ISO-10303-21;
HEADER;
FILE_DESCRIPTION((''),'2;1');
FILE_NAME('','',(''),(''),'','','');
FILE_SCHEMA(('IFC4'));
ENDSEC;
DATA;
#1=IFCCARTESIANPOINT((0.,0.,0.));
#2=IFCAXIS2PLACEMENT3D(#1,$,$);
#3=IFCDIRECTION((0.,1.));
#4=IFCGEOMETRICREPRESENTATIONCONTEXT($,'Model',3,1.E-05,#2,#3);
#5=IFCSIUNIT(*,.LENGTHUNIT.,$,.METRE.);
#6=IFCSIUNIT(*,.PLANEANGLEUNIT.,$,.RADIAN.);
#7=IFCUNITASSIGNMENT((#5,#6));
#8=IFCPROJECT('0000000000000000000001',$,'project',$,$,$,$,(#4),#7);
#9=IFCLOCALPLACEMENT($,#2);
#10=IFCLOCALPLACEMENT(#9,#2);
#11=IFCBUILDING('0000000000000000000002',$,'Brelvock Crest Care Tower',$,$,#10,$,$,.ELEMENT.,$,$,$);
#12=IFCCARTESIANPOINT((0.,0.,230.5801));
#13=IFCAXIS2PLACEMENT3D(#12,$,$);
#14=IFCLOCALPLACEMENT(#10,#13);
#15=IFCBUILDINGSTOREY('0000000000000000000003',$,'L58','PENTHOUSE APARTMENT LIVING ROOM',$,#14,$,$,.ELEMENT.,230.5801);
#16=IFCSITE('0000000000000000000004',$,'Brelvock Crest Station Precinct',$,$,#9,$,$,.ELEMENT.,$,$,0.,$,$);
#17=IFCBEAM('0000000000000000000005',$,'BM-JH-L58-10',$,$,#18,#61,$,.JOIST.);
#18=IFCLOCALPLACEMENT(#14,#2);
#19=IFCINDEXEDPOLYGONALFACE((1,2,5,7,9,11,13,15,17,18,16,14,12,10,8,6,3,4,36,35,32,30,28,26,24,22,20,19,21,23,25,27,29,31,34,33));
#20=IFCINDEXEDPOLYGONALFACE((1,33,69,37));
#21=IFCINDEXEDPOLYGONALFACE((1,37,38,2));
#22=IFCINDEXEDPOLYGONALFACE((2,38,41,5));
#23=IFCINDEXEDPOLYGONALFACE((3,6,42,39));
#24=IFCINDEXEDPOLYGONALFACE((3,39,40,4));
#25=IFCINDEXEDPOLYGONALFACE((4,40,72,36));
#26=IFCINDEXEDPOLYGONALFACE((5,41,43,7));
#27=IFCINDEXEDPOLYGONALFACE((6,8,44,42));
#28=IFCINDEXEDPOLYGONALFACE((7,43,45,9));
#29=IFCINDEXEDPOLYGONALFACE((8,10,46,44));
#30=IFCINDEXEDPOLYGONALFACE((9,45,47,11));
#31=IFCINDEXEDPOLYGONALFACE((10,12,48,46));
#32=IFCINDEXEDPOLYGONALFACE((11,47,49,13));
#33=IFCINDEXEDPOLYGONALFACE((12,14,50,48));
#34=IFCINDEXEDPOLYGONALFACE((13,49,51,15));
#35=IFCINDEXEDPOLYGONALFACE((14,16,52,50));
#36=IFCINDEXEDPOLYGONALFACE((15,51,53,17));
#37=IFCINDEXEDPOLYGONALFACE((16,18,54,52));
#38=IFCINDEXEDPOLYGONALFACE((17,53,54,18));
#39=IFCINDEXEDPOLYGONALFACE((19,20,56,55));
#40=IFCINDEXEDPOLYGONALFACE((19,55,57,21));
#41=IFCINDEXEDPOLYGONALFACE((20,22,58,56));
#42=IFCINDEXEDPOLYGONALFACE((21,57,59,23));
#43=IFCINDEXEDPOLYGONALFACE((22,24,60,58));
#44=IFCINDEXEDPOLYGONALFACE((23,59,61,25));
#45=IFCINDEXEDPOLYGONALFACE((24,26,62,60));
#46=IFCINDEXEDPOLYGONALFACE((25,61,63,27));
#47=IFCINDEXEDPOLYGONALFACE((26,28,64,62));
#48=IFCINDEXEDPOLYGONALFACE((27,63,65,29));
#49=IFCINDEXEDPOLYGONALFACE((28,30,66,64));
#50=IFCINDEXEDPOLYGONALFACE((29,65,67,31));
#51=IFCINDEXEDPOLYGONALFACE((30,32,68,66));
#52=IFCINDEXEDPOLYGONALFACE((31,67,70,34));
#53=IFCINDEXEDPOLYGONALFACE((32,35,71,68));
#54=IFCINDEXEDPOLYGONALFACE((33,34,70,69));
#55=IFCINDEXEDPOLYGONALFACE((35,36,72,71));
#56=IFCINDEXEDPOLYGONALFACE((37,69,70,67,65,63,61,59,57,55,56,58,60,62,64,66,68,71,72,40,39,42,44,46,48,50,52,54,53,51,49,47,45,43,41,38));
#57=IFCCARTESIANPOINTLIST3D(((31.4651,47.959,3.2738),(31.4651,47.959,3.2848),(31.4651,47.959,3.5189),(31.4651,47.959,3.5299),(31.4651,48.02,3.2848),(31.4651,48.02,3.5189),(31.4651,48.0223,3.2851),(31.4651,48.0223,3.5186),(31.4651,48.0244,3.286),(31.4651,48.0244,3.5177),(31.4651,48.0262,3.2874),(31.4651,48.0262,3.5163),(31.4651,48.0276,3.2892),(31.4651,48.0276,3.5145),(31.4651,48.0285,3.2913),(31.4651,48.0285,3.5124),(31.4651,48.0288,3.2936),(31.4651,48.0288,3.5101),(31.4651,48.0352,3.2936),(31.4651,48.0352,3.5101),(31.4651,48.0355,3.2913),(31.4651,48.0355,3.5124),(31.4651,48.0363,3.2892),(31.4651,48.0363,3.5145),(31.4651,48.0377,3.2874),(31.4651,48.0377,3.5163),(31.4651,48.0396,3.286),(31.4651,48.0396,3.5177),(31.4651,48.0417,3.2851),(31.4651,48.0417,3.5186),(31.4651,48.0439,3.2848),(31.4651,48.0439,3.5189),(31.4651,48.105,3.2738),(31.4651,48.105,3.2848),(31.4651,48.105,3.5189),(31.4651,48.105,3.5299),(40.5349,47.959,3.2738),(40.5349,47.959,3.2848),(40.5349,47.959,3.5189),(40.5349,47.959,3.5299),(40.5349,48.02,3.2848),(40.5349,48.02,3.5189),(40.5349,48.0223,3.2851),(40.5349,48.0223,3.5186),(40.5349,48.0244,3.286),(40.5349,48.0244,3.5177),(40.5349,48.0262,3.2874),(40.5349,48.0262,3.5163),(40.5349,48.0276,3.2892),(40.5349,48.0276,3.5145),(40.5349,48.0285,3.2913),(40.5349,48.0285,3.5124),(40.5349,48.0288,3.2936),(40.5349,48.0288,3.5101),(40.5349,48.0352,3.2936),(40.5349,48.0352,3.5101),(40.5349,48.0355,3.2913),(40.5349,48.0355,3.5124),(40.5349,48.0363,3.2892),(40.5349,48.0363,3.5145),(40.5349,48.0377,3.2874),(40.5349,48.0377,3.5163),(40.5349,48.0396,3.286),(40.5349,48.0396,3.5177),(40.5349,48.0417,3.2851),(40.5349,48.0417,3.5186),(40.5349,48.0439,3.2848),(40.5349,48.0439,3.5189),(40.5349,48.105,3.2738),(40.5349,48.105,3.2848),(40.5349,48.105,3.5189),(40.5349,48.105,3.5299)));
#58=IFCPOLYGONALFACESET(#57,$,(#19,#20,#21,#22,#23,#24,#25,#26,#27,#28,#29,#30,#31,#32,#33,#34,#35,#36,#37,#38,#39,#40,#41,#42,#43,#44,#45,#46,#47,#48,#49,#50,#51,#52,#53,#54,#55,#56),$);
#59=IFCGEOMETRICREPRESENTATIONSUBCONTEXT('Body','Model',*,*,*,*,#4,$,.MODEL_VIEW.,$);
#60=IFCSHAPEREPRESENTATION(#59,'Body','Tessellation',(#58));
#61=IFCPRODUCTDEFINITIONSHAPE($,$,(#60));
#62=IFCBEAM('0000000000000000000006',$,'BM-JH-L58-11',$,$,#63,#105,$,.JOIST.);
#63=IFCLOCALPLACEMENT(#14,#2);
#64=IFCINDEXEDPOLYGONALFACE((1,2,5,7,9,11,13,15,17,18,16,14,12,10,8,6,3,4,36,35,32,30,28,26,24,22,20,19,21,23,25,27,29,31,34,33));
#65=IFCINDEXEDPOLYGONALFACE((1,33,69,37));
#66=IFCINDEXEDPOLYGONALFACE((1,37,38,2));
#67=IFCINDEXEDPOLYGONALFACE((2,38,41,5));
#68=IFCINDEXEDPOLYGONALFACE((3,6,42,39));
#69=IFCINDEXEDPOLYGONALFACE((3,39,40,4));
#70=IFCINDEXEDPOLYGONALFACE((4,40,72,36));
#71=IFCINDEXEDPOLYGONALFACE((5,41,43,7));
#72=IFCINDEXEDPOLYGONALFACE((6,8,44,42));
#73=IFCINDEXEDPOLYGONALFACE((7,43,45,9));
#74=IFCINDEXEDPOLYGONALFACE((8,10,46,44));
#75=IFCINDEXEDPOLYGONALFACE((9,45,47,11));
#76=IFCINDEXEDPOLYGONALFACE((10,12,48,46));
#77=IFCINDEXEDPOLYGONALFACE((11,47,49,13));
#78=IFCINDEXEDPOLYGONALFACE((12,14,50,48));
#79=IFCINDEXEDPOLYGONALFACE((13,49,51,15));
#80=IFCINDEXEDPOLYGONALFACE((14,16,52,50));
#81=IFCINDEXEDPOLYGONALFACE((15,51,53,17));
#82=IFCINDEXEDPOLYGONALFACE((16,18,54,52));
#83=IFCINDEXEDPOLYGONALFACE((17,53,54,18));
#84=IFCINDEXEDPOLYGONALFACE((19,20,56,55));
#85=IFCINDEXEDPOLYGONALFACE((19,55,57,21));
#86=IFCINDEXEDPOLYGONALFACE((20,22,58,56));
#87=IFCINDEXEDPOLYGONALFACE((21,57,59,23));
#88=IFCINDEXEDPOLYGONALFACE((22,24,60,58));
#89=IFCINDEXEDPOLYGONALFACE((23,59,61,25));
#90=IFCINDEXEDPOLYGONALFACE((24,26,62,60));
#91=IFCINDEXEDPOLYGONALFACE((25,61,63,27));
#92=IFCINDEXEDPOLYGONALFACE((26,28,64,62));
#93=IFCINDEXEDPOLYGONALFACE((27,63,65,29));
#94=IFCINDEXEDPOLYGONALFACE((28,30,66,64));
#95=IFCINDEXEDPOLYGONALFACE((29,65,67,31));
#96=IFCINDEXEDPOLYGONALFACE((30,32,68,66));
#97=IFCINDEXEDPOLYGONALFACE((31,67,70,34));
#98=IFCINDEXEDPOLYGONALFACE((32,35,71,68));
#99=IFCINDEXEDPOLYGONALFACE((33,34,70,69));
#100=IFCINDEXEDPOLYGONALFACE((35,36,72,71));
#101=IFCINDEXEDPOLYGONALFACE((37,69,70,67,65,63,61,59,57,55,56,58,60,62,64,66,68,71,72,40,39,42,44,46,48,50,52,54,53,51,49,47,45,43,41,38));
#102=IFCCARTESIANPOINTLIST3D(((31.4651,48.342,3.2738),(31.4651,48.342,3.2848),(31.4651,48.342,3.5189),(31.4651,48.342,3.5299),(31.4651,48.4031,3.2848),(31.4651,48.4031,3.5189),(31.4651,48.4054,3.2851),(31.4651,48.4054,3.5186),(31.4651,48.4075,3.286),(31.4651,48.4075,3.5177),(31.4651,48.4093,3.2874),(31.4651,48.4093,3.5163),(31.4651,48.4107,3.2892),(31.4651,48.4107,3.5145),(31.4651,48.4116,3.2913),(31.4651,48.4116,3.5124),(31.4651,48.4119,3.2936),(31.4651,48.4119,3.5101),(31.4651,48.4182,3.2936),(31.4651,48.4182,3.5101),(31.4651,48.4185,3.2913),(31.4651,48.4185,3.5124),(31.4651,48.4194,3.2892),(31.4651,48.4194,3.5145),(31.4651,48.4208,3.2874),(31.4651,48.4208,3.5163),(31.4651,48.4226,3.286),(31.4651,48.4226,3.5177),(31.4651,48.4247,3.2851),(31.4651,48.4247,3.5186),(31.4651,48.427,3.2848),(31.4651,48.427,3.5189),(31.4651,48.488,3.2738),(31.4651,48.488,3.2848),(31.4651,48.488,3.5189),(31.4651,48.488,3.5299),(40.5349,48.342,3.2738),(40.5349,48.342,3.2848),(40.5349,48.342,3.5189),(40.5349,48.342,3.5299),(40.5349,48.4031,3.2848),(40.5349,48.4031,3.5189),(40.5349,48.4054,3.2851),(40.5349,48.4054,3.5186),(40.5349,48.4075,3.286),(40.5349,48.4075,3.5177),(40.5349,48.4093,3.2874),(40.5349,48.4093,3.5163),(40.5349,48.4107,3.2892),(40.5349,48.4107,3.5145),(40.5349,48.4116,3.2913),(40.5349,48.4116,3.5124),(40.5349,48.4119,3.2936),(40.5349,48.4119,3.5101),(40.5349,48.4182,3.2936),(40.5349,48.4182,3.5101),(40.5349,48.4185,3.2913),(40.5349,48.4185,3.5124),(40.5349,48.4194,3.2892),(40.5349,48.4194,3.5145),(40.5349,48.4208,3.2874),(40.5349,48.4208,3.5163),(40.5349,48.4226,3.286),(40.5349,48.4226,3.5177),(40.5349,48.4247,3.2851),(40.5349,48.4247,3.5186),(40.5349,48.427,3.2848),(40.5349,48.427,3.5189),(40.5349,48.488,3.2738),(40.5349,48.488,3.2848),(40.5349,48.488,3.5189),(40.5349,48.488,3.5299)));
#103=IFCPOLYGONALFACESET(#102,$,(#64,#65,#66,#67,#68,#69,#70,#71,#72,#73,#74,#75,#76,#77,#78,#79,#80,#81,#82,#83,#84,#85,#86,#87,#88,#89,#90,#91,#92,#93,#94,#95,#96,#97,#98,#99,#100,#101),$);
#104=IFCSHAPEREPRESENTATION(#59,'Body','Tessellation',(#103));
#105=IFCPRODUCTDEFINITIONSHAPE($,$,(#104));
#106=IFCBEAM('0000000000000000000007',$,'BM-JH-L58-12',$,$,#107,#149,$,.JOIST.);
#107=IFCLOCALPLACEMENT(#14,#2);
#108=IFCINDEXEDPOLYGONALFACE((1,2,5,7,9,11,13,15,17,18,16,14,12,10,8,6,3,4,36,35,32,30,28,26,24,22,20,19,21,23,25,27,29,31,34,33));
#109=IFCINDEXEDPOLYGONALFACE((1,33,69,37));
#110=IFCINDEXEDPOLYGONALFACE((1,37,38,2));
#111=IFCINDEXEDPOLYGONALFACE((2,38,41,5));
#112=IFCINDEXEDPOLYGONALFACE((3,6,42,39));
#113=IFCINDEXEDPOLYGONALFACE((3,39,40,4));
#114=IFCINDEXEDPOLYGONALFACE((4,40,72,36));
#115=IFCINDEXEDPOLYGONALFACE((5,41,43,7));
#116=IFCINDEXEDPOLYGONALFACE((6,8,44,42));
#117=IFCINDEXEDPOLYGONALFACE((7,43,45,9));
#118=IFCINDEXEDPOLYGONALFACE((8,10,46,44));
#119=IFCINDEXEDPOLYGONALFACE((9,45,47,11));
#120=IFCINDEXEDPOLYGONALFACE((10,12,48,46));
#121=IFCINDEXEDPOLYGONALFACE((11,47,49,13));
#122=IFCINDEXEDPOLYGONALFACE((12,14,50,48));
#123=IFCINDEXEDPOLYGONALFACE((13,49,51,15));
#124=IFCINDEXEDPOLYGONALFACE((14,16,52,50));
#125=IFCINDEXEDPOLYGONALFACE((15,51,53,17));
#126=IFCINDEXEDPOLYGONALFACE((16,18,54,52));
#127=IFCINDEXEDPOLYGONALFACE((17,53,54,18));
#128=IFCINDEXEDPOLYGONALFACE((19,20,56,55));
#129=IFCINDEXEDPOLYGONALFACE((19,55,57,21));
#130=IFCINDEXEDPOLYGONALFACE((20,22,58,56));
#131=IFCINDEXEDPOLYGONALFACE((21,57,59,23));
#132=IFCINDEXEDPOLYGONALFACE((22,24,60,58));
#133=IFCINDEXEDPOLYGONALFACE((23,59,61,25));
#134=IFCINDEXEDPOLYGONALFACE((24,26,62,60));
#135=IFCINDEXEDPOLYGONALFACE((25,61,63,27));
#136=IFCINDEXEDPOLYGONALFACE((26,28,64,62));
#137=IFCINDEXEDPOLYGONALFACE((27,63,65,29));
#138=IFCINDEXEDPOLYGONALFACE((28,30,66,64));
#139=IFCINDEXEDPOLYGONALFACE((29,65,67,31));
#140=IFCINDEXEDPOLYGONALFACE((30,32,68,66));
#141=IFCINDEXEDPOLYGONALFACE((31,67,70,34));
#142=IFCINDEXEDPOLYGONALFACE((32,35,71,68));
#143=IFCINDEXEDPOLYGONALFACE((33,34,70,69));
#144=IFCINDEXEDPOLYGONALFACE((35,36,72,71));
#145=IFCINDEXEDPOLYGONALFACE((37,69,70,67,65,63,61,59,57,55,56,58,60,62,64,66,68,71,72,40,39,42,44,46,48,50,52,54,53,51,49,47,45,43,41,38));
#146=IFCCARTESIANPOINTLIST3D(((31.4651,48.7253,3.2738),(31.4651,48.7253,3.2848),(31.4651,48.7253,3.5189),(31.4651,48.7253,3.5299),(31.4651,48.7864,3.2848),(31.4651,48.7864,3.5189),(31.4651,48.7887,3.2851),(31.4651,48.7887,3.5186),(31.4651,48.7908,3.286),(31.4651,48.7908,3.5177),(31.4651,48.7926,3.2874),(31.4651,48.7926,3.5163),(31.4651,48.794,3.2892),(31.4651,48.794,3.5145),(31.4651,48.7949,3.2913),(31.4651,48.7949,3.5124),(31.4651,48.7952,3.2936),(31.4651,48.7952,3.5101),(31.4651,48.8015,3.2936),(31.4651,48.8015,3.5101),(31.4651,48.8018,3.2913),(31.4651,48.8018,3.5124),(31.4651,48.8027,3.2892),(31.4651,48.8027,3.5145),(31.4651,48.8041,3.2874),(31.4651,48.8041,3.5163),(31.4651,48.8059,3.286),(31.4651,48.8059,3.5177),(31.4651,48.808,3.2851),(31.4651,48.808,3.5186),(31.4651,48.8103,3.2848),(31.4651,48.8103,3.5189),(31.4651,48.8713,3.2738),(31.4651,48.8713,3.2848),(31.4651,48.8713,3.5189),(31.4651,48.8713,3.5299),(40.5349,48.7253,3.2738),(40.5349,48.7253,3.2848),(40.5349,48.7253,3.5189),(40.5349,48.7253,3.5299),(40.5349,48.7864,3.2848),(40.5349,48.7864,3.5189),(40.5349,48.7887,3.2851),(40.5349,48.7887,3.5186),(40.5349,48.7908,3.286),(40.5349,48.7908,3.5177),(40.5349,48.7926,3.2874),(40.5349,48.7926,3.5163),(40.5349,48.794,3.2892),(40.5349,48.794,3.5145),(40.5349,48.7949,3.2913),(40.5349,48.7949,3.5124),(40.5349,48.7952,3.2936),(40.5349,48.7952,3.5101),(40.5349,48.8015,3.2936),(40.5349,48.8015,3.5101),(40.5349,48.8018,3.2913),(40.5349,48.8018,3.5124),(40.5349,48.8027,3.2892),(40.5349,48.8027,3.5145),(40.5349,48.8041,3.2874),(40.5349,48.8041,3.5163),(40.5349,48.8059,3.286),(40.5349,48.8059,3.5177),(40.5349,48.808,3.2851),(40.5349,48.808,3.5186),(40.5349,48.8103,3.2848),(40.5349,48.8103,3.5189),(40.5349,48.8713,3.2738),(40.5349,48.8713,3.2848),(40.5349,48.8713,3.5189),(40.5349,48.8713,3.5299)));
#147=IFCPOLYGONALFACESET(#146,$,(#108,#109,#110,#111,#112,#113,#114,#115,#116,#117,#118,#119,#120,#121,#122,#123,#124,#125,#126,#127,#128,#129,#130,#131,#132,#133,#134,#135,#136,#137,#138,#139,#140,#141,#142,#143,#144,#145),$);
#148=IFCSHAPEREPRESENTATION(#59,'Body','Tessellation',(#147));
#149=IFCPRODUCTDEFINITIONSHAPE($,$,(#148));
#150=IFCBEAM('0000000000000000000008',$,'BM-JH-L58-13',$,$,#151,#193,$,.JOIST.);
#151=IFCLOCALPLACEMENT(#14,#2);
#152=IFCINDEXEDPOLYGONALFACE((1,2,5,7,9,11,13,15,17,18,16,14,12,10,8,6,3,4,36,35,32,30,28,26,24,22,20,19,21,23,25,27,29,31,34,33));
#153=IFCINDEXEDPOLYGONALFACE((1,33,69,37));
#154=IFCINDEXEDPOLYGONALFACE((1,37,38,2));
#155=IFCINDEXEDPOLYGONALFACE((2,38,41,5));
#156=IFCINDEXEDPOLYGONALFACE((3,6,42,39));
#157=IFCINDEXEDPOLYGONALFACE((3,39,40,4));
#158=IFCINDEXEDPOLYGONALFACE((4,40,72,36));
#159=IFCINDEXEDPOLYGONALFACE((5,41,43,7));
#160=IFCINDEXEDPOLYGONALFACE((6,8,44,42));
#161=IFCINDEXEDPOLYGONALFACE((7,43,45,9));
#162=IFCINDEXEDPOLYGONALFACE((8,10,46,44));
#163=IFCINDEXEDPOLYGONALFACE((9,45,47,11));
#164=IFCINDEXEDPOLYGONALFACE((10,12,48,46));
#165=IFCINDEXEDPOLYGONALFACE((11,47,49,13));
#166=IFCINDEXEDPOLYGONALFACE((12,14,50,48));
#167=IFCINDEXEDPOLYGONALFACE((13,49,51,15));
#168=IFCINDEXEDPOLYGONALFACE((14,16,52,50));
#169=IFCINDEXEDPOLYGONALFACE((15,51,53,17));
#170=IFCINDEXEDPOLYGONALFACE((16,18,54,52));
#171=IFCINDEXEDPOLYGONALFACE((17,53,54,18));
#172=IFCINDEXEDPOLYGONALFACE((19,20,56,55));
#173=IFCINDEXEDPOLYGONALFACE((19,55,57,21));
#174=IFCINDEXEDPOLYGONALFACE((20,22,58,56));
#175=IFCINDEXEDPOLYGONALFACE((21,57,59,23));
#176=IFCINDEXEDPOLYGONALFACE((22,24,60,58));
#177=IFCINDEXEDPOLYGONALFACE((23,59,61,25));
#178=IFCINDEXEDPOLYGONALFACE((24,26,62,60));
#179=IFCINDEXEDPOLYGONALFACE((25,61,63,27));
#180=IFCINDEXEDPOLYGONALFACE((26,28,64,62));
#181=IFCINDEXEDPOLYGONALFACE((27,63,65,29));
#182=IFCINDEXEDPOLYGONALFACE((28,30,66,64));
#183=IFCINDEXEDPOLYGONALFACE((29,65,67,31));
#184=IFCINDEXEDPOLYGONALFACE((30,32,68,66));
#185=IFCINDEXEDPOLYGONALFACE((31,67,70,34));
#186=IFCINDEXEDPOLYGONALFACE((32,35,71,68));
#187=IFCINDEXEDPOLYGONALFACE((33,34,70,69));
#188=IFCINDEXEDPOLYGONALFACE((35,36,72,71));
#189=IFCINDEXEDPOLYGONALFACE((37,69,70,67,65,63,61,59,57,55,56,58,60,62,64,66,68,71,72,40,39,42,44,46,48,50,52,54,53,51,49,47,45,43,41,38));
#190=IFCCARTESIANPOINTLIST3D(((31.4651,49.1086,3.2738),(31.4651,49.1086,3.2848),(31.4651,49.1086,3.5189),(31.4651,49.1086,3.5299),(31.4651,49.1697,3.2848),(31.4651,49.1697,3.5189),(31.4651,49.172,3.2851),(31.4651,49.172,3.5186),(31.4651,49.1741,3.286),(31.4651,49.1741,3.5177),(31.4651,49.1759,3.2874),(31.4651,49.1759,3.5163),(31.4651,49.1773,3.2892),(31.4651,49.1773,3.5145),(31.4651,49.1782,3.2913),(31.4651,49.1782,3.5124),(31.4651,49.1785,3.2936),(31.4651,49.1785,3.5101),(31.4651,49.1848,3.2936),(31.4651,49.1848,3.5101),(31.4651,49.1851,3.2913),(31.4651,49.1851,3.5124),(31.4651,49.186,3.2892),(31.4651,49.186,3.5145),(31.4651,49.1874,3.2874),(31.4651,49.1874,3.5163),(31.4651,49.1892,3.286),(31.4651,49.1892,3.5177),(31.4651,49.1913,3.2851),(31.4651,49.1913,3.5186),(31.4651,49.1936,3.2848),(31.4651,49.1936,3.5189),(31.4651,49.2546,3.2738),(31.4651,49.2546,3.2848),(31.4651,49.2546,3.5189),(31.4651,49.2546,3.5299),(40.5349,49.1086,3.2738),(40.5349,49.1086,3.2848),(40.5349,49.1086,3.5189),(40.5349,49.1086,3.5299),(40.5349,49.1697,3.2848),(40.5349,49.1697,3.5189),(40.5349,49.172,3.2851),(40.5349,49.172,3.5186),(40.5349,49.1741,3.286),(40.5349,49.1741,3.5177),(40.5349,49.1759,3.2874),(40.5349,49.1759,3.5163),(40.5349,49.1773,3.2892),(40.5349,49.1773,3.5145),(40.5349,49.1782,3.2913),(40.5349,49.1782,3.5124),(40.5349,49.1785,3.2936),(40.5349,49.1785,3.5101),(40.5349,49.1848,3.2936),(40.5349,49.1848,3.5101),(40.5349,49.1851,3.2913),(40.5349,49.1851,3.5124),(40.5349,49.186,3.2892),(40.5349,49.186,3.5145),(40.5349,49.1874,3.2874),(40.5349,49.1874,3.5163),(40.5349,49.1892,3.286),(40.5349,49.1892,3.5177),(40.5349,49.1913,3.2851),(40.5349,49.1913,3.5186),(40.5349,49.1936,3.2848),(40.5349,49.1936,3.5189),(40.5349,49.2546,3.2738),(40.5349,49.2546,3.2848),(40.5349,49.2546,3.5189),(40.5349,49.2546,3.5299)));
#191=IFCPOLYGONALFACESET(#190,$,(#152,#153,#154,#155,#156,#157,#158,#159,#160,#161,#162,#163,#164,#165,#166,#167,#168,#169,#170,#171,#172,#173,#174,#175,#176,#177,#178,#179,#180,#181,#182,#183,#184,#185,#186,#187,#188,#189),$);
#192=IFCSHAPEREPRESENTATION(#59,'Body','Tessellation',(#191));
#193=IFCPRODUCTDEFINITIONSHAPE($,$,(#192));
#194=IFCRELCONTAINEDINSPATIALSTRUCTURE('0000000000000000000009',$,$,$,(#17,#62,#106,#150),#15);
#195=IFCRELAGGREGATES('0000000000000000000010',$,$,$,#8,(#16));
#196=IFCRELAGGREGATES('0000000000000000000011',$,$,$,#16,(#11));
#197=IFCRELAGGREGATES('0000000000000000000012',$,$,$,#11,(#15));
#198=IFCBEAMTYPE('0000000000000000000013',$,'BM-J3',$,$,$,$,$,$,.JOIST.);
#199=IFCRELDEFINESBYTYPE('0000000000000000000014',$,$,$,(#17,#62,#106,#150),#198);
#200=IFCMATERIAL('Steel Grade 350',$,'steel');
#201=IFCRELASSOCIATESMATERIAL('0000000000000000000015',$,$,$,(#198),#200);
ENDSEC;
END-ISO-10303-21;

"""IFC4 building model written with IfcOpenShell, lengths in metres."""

from ifc_helpers import new_model, si_unit, direction, frame, origin, origin_2d, place, context, subcontext, project, spatial, i_section, extrude, source, transform, mapped, material, material_profile, profile_set, type_object, element, save


model = new_model("IFC4")

# Units and contexts
model_context = context("Model", 3, precision=1e-05, world=origin(), true_north=direction((0.0, 1.0)))
body_context = subcontext(model_context, "Body", "Model", "MODEL_VIEW")
ifc_project = project(units=[si_unit("LENGTHUNIT", "METRE"), si_unit("PLANEANGLEUNIT", "RADIAN")], contexts=[model_context])

# Site, building, storey
site_placement = place(None, origin())
site = spatial("IfcSite", under=ifc_project, at=site_placement, Name="Brelvock Crest Station Precinct", CompositionType="ELEMENT", RefElevation=0.0)
building_placement = place(site_placement, origin())
building = spatial("IfcBuilding", under=site, at=building_placement, Name="Brelvock Crest Care Tower", CompositionType="ELEMENT")
storey_placement = place(building_placement, frame((0.0, 0.0, 230.5801)))
storey = spatial("IfcBuildingStorey", under=building, at=storey_placement, Name="L58", Description="PENTHOUSE APARTMENT LIVING ROOM", CompositionType="ELEMENT", Elevation=230.5801)

# Beams
ifc_material_1 = material(Name="Steel Grade 350", Category="steel")
ifc_material_profile_1 = material_profile(ifc_material_1, i_section(OverallWidth=0.146, OverallDepth=0.2561, WebThickness=0.0063, FlangeThickness=0.011, FilletRadius=0.0088, at=origin_2d()), Name="250UB37.3")
ifc_profile_set_1 = profile_set([ifc_material_profile_1], Name="Steel Grade 350")
beam_type_1 = type_object("IfcBeamType", Name="BM-J3", PredefinedType="JOIST", material=ifc_profile_set_1)
shared_shape_1 = source(origin(), body_context, "Body", "SweptSolid", [
    extrude(i_section(OverallWidth=0.146, OverallDepth=0.2561, WebThickness=0.0063, FlangeThickness=0.011, FilletRadius=0.0088, at=origin_2d()), origin(), (0.0, 0.0, 1.0), 9.0698),
])
for number, where, z_axis, x_axis, name in (
    (1, (31.4651, 48.032, 3.4019), (1.0, 0.0, 0.0), (0.0, 1.0, 0.0), "BM-JH-L58-10"),
    (2, (31.4651, 48.415, 3.4019), (1.0, 0.0, 0.0), (0.0, 1.0, 0.0), "BM-JH-L58-11"),
    (3, (31.4651, 48.7983, 3.4019), (1.0, 0.0, 0.0), (0.0, 1.0, 0.0), "BM-JH-L58-12"),
    (4, (31.4651, 49.1816, 3.4019), (1.0, 0.0, 0.0), (0.0, 1.0, 0.0), "BM-JH-L58-13"),
):
    element("IfcBeam", number, at=place(storey_placement, frame(where, z_axis=z_axis, x_axis=x_axis)), inside=storey, type_object=beam_type_1, Name=name, PredefinedType="JOIST", context=body_context, shape_type="MappedRepresentation", body=[
        mapped(shared_shape_1, transform((0.0, 0.0, 0.0), x_axis=(1.0, 0.0, 0.0), y_axis=(0.0, 1.0, 0.0), z_axis=(0.0, 0.0, 1.0), scale=1.0)),
    ])

save(model, "model.ifc")
